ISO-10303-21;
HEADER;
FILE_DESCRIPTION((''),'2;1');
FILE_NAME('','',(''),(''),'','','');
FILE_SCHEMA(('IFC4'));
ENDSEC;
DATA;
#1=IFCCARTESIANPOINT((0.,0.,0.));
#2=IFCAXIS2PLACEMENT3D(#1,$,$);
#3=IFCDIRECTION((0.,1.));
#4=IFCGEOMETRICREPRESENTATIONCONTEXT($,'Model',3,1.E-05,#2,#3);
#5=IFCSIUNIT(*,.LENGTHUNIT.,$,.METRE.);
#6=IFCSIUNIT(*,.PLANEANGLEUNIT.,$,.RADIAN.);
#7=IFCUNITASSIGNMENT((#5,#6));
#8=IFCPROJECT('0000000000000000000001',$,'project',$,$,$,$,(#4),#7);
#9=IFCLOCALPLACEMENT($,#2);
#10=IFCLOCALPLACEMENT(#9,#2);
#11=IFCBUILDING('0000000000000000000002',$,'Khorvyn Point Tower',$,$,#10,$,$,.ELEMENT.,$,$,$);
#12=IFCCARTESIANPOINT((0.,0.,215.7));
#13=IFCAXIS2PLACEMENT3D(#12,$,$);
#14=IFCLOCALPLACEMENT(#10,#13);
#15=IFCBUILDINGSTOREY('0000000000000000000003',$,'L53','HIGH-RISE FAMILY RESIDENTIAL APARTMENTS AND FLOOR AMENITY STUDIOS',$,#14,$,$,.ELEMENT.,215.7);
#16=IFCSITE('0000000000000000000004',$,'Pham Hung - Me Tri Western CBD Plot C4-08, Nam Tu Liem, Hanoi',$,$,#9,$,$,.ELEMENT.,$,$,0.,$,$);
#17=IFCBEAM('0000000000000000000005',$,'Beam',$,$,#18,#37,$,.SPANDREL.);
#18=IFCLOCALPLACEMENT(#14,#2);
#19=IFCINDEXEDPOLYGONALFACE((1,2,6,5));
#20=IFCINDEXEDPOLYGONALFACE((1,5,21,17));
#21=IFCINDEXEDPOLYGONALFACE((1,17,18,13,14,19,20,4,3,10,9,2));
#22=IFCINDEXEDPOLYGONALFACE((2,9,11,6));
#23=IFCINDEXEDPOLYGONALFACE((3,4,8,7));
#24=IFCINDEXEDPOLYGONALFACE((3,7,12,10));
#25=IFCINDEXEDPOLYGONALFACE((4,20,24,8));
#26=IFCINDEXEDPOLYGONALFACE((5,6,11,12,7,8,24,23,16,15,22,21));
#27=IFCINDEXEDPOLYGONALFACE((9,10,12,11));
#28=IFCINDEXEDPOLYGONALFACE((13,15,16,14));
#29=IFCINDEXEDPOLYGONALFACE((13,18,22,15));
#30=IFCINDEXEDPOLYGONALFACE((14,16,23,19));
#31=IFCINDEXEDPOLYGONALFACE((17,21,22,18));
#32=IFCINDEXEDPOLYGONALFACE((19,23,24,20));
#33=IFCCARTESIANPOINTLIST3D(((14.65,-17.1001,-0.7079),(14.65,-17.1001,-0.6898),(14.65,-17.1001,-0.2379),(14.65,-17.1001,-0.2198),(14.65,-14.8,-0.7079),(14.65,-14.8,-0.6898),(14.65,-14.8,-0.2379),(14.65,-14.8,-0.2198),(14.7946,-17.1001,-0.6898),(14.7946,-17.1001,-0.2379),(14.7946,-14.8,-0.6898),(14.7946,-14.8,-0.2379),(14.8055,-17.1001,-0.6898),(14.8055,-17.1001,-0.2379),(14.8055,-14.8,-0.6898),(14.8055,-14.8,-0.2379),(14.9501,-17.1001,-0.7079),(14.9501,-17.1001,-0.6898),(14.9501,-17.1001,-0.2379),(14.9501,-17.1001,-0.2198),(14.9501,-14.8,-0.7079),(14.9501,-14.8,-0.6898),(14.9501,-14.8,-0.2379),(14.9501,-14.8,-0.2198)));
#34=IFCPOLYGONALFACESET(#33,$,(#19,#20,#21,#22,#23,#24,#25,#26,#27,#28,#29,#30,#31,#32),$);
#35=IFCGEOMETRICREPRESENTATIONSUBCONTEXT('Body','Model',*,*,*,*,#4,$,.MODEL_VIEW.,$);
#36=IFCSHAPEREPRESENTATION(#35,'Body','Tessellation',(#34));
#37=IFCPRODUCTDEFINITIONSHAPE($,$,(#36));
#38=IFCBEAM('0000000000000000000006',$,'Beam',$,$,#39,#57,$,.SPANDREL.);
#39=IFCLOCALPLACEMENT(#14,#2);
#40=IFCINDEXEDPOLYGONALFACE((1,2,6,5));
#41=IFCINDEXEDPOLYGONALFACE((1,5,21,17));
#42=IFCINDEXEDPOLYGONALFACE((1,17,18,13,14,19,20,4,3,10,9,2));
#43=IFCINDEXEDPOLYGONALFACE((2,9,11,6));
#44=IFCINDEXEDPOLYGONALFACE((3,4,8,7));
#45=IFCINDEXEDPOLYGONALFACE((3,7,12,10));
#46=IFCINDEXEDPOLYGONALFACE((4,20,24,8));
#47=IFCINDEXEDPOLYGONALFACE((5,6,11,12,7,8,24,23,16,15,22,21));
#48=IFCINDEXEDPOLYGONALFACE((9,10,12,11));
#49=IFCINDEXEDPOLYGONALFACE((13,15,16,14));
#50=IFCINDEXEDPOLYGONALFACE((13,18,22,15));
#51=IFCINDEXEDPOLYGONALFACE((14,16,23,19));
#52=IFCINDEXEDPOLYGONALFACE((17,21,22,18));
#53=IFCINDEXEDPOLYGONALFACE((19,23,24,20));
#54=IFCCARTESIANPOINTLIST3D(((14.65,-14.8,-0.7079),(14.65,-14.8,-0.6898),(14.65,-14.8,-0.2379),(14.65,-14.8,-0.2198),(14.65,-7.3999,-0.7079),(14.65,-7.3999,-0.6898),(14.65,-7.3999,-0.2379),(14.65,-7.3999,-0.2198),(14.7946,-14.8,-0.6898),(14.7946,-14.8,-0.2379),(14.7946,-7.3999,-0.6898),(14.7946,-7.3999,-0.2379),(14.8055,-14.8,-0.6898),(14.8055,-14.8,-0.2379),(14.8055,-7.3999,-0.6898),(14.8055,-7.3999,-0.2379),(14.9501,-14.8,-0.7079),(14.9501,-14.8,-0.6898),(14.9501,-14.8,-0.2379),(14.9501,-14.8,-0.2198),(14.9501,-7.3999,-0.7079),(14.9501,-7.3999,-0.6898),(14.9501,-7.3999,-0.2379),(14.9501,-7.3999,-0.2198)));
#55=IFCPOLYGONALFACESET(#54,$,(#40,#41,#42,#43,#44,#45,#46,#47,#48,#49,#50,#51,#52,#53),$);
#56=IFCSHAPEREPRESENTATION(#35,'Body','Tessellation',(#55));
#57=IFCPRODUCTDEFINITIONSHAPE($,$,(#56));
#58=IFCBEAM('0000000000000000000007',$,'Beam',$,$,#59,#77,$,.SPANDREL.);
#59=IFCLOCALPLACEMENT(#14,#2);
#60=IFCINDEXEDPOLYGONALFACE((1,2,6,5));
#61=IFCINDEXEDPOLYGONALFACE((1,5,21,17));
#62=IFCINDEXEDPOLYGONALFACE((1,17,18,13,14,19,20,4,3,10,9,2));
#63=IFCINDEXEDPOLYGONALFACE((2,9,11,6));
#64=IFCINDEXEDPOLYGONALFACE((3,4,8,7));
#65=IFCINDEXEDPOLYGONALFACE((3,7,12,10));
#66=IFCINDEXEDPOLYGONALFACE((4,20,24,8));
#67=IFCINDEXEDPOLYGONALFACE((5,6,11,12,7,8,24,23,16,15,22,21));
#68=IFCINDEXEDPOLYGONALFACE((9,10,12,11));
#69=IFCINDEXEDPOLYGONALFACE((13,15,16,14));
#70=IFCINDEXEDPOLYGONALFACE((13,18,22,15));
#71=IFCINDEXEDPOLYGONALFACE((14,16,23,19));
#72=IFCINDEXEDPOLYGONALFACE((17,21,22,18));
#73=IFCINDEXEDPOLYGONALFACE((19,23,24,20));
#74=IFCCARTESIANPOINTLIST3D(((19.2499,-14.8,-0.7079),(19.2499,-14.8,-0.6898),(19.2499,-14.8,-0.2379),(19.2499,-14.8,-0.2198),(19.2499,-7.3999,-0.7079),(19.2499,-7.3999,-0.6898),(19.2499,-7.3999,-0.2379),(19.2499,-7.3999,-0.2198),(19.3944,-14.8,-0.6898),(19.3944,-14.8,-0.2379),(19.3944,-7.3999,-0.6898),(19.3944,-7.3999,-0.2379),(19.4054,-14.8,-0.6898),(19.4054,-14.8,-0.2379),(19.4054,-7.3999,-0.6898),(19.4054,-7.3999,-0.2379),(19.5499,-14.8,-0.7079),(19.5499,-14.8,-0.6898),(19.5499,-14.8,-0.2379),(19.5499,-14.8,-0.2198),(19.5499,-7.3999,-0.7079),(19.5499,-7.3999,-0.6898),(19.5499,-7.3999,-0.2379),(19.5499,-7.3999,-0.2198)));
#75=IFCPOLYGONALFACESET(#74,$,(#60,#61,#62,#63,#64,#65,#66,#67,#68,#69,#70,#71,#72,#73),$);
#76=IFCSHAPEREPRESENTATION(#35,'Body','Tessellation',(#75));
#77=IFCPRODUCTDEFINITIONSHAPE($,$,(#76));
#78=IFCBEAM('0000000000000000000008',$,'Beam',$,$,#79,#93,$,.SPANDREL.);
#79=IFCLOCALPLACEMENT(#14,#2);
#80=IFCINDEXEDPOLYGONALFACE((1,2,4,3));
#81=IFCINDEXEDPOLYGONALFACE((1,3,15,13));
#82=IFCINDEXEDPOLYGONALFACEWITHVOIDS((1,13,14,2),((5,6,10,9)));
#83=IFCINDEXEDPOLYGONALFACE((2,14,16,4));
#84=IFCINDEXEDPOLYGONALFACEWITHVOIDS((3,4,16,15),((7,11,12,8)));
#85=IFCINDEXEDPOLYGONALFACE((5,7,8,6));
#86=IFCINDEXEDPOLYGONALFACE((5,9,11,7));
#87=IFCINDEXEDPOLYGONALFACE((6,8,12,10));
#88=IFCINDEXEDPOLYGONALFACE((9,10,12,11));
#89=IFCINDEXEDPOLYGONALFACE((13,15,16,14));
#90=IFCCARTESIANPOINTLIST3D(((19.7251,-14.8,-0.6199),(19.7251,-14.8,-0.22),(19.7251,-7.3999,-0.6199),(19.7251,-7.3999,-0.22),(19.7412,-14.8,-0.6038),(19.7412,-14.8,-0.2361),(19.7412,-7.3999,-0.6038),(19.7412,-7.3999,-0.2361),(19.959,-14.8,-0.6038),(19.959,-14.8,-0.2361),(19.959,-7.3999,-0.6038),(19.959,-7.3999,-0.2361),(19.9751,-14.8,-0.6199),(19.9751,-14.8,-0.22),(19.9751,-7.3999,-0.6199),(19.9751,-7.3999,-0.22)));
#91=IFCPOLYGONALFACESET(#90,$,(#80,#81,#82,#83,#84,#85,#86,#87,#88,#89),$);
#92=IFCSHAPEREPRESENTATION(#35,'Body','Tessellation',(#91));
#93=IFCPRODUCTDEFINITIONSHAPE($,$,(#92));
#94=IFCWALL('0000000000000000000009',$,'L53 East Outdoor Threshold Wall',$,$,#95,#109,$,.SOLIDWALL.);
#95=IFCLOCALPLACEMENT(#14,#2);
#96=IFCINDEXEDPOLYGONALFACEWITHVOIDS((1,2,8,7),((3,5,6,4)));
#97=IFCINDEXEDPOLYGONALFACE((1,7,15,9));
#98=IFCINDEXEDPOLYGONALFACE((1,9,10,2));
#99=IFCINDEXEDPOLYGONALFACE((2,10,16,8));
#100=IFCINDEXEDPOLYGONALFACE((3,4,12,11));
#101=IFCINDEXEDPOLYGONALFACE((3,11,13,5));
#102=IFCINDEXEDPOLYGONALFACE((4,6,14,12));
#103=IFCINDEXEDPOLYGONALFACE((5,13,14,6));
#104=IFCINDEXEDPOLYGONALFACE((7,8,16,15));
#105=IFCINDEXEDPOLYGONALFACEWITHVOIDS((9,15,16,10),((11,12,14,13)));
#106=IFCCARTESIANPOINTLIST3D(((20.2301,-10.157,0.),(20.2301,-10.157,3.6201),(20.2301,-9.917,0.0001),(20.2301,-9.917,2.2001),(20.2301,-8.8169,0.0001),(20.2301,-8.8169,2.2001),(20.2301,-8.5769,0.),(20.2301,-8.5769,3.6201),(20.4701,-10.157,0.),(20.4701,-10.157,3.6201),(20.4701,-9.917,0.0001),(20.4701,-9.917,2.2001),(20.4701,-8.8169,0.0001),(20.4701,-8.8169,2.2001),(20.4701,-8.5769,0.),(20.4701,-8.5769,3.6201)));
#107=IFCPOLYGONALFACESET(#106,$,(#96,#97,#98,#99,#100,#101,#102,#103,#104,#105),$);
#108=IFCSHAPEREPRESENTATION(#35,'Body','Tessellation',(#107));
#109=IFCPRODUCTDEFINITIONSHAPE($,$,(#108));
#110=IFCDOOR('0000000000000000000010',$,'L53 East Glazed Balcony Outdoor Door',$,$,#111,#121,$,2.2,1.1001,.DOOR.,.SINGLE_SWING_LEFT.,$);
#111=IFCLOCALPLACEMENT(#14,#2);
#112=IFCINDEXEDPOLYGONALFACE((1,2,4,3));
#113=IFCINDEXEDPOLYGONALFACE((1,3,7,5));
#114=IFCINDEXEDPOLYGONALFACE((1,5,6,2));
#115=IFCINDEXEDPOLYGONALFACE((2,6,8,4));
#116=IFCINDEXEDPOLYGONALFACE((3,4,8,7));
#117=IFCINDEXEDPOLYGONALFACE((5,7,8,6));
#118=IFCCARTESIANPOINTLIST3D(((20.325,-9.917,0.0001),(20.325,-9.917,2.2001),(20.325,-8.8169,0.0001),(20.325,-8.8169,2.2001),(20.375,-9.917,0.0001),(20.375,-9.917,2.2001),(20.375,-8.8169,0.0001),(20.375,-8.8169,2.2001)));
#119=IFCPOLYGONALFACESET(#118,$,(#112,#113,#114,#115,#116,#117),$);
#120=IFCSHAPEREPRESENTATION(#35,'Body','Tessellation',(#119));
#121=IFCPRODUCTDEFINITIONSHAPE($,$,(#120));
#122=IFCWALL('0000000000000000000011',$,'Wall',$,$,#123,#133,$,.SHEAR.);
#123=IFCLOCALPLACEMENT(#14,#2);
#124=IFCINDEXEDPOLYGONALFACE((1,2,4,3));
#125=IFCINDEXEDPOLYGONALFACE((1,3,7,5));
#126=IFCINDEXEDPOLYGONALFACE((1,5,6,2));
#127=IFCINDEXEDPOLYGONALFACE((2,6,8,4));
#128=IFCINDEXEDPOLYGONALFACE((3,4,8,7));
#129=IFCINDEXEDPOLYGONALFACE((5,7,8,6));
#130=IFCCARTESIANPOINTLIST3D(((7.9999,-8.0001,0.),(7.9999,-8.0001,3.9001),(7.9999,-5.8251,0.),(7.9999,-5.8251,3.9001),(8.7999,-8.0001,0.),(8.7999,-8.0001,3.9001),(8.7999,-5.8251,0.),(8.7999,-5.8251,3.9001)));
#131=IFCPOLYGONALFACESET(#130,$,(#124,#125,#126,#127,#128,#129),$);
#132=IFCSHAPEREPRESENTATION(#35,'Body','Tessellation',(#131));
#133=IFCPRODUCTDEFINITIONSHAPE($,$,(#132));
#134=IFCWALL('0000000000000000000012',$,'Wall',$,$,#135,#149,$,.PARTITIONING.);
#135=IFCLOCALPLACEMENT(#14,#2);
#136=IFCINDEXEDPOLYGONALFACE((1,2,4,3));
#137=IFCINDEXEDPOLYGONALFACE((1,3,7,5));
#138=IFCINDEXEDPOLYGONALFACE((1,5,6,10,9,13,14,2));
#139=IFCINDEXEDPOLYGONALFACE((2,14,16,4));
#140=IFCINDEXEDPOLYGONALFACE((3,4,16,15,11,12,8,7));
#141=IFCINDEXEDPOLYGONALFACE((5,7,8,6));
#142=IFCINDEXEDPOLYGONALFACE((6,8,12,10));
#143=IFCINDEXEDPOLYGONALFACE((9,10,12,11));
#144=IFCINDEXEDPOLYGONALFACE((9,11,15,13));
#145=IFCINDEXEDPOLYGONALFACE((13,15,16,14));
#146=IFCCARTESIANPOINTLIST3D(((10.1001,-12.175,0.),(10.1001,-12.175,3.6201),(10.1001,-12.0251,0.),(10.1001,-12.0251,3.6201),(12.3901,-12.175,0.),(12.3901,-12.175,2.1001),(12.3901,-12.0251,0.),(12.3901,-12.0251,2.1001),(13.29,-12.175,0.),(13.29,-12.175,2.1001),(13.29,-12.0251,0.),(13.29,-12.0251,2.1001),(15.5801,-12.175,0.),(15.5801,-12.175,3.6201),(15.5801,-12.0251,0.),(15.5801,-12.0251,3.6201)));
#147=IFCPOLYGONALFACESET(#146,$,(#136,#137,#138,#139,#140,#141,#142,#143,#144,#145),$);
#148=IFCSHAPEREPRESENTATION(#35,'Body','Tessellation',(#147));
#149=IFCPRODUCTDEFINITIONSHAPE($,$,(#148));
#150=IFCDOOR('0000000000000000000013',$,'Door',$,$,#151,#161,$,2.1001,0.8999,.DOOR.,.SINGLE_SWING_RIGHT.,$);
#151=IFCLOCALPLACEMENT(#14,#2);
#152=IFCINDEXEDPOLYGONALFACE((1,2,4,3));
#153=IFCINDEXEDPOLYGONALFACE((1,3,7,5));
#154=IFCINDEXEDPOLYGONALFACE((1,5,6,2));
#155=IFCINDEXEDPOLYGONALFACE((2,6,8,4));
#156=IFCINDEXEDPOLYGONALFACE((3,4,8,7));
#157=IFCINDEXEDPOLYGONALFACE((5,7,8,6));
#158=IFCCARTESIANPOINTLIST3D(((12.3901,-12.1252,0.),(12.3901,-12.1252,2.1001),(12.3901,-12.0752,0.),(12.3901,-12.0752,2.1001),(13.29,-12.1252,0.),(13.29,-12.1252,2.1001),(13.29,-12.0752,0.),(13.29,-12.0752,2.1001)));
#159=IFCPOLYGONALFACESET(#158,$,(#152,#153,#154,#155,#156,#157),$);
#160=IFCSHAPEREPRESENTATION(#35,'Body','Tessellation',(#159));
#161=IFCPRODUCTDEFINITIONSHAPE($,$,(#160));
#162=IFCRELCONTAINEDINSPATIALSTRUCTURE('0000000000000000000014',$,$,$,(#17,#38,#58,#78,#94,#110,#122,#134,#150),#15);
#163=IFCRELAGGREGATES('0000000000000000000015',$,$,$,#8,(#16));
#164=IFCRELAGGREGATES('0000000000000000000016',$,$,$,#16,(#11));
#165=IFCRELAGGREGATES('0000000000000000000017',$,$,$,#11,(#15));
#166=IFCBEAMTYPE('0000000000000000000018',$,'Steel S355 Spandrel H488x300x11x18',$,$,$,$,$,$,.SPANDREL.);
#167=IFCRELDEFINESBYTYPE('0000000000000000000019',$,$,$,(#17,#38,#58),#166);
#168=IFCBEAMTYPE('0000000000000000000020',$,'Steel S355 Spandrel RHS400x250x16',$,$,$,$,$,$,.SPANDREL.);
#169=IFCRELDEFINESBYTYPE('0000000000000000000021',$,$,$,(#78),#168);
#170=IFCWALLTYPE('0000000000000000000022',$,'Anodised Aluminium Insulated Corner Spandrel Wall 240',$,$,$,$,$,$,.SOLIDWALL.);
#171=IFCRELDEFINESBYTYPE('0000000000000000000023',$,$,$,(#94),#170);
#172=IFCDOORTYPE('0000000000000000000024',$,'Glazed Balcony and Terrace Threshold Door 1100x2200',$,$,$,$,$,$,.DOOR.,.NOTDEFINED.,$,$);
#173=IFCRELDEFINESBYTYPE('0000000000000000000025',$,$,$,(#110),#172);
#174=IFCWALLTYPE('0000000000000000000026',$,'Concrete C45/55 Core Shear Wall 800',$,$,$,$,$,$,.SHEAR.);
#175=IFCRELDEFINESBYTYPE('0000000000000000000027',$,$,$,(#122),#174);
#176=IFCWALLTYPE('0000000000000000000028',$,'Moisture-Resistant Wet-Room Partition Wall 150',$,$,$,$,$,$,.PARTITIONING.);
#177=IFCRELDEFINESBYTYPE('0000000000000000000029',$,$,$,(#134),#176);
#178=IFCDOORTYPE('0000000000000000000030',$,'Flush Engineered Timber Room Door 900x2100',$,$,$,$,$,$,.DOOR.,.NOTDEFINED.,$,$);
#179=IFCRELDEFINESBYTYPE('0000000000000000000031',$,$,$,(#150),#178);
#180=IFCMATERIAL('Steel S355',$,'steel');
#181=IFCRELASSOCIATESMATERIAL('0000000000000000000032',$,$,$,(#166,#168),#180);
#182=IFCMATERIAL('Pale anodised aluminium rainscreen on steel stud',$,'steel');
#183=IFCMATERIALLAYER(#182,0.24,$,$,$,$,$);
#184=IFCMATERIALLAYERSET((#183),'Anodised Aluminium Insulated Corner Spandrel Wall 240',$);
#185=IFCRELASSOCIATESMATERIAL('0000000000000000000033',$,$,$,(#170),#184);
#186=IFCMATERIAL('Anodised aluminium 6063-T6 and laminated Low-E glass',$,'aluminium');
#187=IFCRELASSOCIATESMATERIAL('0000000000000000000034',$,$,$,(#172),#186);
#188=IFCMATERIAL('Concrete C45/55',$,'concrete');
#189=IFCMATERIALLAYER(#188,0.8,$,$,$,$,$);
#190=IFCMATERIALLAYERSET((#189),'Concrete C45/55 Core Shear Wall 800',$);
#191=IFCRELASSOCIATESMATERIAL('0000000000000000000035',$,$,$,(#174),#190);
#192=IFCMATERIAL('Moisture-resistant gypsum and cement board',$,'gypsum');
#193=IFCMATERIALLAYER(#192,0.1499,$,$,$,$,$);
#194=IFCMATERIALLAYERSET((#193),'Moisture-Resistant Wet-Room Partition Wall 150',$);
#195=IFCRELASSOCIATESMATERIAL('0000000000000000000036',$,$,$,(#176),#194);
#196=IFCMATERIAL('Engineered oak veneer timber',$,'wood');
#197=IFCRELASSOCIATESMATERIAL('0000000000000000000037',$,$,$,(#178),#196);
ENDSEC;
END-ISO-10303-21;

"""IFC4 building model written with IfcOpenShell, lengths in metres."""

from ifc_helpers import new_model, si_unit, direction, frame, frame_2d, origin, origin_2d, place, context, subcontext, project, spatial, rectangle, hollow_rectangle, i_section, extrude, material, layer, layer_set, material_profile, profile_set, type_object, element, fill, save


model = new_model("IFC4")

# Units and contexts
model_context = context("Model", 3, precision=1e-05, world=origin(), true_north=direction((0.0, 1.0)))
body_context = subcontext(model_context, "Body", "Model", "MODEL_VIEW")
ifc_project = project(units=[si_unit("LENGTHUNIT", "METRE"), si_unit("PLANEANGLEUNIT", "RADIAN")], contexts=[model_context])

# Site, building, storey
site_placement = place(None, origin())
site = spatial("IfcSite", under=ifc_project, at=site_placement, Name="Pham Hung - Me Tri Western CBD Plot C4-08, Nam Tu Liem, Hanoi", CompositionType="ELEMENT", RefElevation=0.0)
building_placement = place(site_placement, origin())
building = spatial("IfcBuilding", under=site, at=building_placement, Name="Khorvyn Point Tower", CompositionType="ELEMENT")
storey_placement = place(building_placement, frame((0.0, 0.0, 215.7)))
storey = spatial("IfcBuildingStorey", under=building, at=storey_placement, Name="L53", Description="HIGH-RISE FAMILY RESIDENTIAL APARTMENTS AND FLOOR AMENITY STUDIOS", CompositionType="ELEMENT", Elevation=215.7)

# Shared definitions
ifc_material_1 = material(Name="Concrete C45/55", Category="concrete")

# Shared definitions
ifc_material_2 = material(Name="Anodised aluminium 6063-T6 and laminated Low-E glass", Category="aluminium")

# Beams
ifc_material_3 = material(Name="Steel S355", Category="steel")
ifc_material_profile_1 = material_profile(ifc_material_3, i_section(OverallWidth=0.3, OverallDepth=0.488, WebThickness=0.011, FlangeThickness=0.0181, at=origin_2d()))
ifc_profile_set_1 = profile_set([ifc_material_profile_1], Name="Steel S355 H488x300x11x18")
beam_type_1 = type_object("IfcBeamType", Name="Steel S355 Spandrel H488x300x11x18", PredefinedType="SPANDREL", material=ifc_profile_set_1)
beam_1_placement = place(storey_placement, frame((14.8, -17.1001, -0.4639), z_axis=(0.0, 1.0, 0.0), x_axis=(-1.0, 0.0, 0.0)))
element("IfcBeam", 1, at=beam_1_placement, inside=storey, type_object=beam_type_1, Name="Beam", PredefinedType="SPANDREL", context=body_context, shape_type="SweptSolid", body=[
    extrude(i_section(OverallWidth=0.3, OverallDepth=0.488, WebThickness=0.011, FlangeThickness=0.0181, at=origin_2d()), origin(), (0.0, 0.0, 1.0), 2.3),
])
for number, where, z_axis, x_axis, name in (
    (2, (14.8, -14.8, -0.4639), (0.0, 1.0, 0.0), (-1.0, 0.0, 0.0), "Beam"),
    (3, (19.3999, -14.8, -0.4639), (0.0, 1.0, 0.0), (-1.0, 0.0, 0.0), "Beam"),
):
    element("IfcBeam", number, at=place(storey_placement, frame(where, z_axis=z_axis, x_axis=x_axis)), inside=storey, type_object=beam_type_1, Name=name, PredefinedType="SPANDREL", context=body_context, shape_type="SweptSolid", body=[
        extrude(i_section(OverallWidth=0.3, OverallDepth=0.488, WebThickness=0.011, FlangeThickness=0.0181, at=origin_2d()), origin(), (0.0, 0.0, 1.0), 7.4001),
    ])
ifc_material_profile_2 = material_profile(ifc_material_3, hollow_rectangle(XDim=0.25, YDim=0.3999, WallThickness=0.0161, at=origin_2d()))
ifc_profile_set_2 = profile_set([ifc_material_profile_2], Name="Steel S355 RHS400x250x16")
beam_type_2 = type_object("IfcBeamType", Name="Steel S355 Spandrel RHS400x250x16", PredefinedType="SPANDREL", material=ifc_profile_set_2)
beam_2_placement = place(storey_placement, frame((19.8501, -14.8, -0.4199), z_axis=(0.0, 1.0, 0.0), x_axis=(-1.0, 0.0, 0.0)))
element("IfcBeam", 4, at=beam_2_placement, inside=storey, type_object=beam_type_2, Name="Beam", PredefinedType="SPANDREL", context=body_context, shape_type="SweptSolid", body=[
    extrude(hollow_rectangle(XDim=0.25, YDim=0.3999, WallThickness=0.0161, at=origin_2d()), origin(), (0.0, 0.0, 1.0), 7.4001),
])

# Wall, opening, door
ifc_material_4 = material(Name="Pale anodised aluminium rainscreen on steel stud", Category="steel")
ifc_layer_1 = layer(ifc_material_4, 0.24)
ifc_layer_set_1 = layer_set([ifc_layer_1], Name="Anodised Aluminium Insulated Corner Spandrel Wall 240")
wall_type_1 = type_object("IfcWallType", Name="Anodised Aluminium Insulated Corner Spandrel Wall 240", PredefinedType="SOLIDWALL", material=ifc_layer_set_1)
wall_1_placement = place(storey_placement, frame((20.3501, -8.5769, 0.0), z_axis=(0.0, 0.0, 1.0), x_axis=(0.0, -1.0, 0.0)))
wall_1 = element("IfcWall", 5, at=wall_1_placement, inside=storey, type_object=wall_type_1, Name="L53 East Outdoor Threshold Wall", PredefinedType="SOLIDWALL", context=body_context, shape_type="SweptSolid", body=[
    extrude(rectangle(XDim=1.5801, YDim=0.24, at=frame_2d((0.79, 0.0))), origin(), (0.0, 0.0, 1.0), 3.6201),
])
opening_1_placement = place(wall_1_placement, frame((0.24, 0.0, 0.0)))
opening_1 = element("IfcOpeningElement", 6, at=opening_1_placement, cuts=wall_1, PredefinedType="OPENING", context=body_context, shape_type="SweptSolid", body=[
    extrude(rectangle(XDim=1.1001, YDim=2.2, at=frame_2d((0.55, 1.1001))), frame((0.0, 0.1299, 0.0), z_axis=(0.0, -1.0, 0.0), x_axis=(1.0, 0.0, 0.0)), (0.0, 0.0, 1.0), 0.26),
])
door_type_1 = type_object("IfcDoorType", Name="Glazed Balcony and Terrace Threshold Door 1100x2200", OperationType="NOTDEFINED", PredefinedType="DOOR", material=ifc_material_2)
door_1_placement = place(opening_1_placement, origin())
door_1 = element("IfcDoor", 7, at=door_1_placement, inside=storey, type_object=door_type_1, Name="L53 East Glazed Balcony Outdoor Door", OperationType="SINGLE_SWING_LEFT", OverallHeight=2.2, OverallWidth=1.1001, PredefinedType="DOOR", context=body_context, shape_type="SweptSolid", body=[
    extrude(rectangle(XDim=1.1001, YDim=2.2, at=frame_2d((0.55, 1.1001))), frame((0.0, 0.0249, 0.0), z_axis=(0.0, -1.0, 0.0), x_axis=(1.0, 0.0, 0.0)), (0.0, 0.0, 1.0), 0.05),
])
fill(opening_1, door_1)

# Wall
ifc_layer_2 = layer(ifc_material_1, 0.8)
ifc_layer_set_2 = layer_set([ifc_layer_2], Name="Concrete C45/55 Core Shear Wall 800")
wall_type_2 = type_object("IfcWallType", Name="Concrete C45/55 Core Shear Wall 800", PredefinedType="SHEAR", material=ifc_layer_set_2)
wall_2_placement = place(storey_placement, frame((8.3999, -8.0, 0.0), z_axis=(0.0, 0.0, 1.0), x_axis=(0.0, 1.0, 0.0)))
element("IfcWall", 8, at=wall_2_placement, inside=storey, type_object=wall_type_2, Name="Wall", PredefinedType="SHEAR", context=body_context, shape_type="SweptSolid", body=[
    extrude(rectangle(XDim=2.175, YDim=0.8, at=frame_2d((1.0874, 0.0))), origin(), (0.0, 0.0, 1.0), 3.9001),
])

# Wall, opening, door
ifc_material_5 = material(Name="Moisture-resistant gypsum and cement board", Category="gypsum")
ifc_layer_3 = layer(ifc_material_5, 0.1499)
ifc_layer_set_3 = layer_set([ifc_layer_3], Name="Moisture-Resistant Wet-Room Partition Wall 150")
wall_type_3 = type_object("IfcWallType", Name="Moisture-Resistant Wet-Room Partition Wall 150", PredefinedType="PARTITIONING", material=ifc_layer_set_3)
wall_3_placement = place(storey_placement, frame((10.1001, -12.1001, 0.0), z_axis=(0.0, 0.0, 1.0), x_axis=(1.0, 0.0, 0.0)))
wall_3 = element("IfcWall", 9, at=wall_3_placement, inside=storey, type_object=wall_type_3, Name="Wall", PredefinedType="PARTITIONING", context=body_context, shape_type="SweptSolid", body=[
    extrude(rectangle(XDim=5.48, YDim=0.1499, at=frame_2d((2.74, 0.0))), origin(), (0.0, 0.0, 1.0), 3.6201),
])
opening_2_placement = place(wall_3_placement, frame((2.29, 0.0, 0.0)))
opening_2 = element("IfcOpeningElement", 10, at=opening_2_placement, cuts=wall_3, PredefinedType="OPENING", context=body_context, shape_type="SweptSolid", body=[
    extrude(rectangle(XDim=0.8999, YDim=2.1001, at=frame_2d((0.45, 1.05))), frame((0.0, 0.085, 0.0), z_axis=(0.0, -1.0, 0.0), x_axis=(1.0, 0.0, 0.0)), (0.0, 0.0, 1.0), 0.1699),
])
ifc_material_6 = material(Name="Engineered oak veneer timber", Category="wood")
door_type_2 = type_object("IfcDoorType", Name="Flush Engineered Timber Room Door 900x2100", OperationType="NOTDEFINED", PredefinedType="DOOR", material=ifc_material_6)
door_2_placement = place(opening_2_placement, origin())
door_2 = element("IfcDoor", 11, at=door_2_placement, inside=storey, type_object=door_type_2, Name="Door", OperationType="SINGLE_SWING_RIGHT", OverallHeight=2.1001, OverallWidth=0.8999, PredefinedType="DOOR", context=body_context, shape_type="SweptSolid", body=[
    extrude(rectangle(XDim=0.8999, YDim=2.1001, at=frame_2d((0.45, 1.05))), frame((0.0, 0.0249, 0.0), z_axis=(0.0, -1.0, 0.0), x_axis=(1.0, 0.0, 0.0)), (0.0, 0.0, 1.0), 0.05),
])
fill(opening_2, door_2)

save(model, "model.ifc")
